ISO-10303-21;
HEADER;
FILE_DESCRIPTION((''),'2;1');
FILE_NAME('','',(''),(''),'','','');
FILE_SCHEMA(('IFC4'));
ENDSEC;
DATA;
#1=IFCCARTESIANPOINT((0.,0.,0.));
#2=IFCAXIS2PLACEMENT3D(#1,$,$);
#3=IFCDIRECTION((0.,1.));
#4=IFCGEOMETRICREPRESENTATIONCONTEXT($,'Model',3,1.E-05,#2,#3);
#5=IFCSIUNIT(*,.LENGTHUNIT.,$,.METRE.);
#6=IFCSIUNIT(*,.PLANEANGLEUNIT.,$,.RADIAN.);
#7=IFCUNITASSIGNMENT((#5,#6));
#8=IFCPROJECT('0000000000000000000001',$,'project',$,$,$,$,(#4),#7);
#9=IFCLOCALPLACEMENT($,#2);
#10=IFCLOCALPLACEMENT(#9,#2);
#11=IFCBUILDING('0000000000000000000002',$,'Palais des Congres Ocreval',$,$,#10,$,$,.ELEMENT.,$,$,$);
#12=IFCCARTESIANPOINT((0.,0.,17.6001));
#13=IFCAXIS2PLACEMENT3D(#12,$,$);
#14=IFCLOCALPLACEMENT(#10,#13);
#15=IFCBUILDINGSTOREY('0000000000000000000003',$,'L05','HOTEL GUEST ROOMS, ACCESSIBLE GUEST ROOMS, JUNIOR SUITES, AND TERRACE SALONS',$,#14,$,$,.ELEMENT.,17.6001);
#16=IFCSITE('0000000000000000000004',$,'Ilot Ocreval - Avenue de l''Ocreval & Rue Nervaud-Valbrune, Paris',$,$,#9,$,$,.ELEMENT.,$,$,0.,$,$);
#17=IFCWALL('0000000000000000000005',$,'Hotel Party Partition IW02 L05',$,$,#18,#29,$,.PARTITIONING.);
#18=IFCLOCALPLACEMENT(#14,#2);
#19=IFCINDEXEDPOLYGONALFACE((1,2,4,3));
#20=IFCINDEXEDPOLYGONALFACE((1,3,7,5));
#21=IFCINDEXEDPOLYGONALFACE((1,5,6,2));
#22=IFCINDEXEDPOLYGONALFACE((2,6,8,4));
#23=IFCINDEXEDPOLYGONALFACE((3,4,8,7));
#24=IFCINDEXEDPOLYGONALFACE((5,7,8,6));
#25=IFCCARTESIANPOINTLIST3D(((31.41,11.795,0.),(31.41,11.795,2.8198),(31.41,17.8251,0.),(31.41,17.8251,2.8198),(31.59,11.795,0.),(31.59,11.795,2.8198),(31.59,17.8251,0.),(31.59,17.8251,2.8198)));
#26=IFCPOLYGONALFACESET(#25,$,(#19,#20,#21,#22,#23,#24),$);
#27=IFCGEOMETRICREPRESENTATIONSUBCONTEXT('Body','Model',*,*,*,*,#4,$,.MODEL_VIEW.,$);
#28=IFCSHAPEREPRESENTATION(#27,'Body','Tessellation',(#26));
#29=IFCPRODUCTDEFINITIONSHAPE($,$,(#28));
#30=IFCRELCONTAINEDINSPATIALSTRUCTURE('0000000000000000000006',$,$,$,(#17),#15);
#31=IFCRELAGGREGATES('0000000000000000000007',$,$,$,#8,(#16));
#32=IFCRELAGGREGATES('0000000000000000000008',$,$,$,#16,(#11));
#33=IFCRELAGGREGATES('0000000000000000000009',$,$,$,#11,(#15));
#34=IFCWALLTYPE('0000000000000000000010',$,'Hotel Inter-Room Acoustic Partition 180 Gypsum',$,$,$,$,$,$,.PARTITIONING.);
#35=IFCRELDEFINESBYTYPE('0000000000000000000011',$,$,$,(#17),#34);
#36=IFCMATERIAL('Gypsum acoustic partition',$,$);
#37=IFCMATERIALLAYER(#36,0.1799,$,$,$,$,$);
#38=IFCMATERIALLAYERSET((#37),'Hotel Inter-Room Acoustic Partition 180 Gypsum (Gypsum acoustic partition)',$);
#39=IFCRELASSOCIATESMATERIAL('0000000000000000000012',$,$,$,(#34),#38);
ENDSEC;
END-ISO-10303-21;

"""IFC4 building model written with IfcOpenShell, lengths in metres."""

from ifc_helpers import new_model, si_unit, direction, frame, frame_2d, origin, place, context, subcontext, project, spatial, rectangle, extrude, material, layer, layer_set, type_object, element, save


model = new_model("IFC4")

# Units and contexts
model_context = context("Model", 3, precision=1e-05, world=origin(), true_north=direction((0.0, 1.0)))
body_context = subcontext(model_context, "Body", "Model", "MODEL_VIEW")
ifc_project = project(units=[si_unit("LENGTHUNIT", "METRE"), si_unit("PLANEANGLEUNIT", "RADIAN")], contexts=[model_context])

# Site, building, storey
site_placement = place(None, origin())
site = spatial("IfcSite", under=ifc_project, at=site_placement, Name="Ilot Ocreval - Avenue de l'Ocreval & Rue Nervaud-Valbrune, Paris", CompositionType="ELEMENT", RefElevation=0.0)
building_placement = place(site_placement, origin())
building = spatial("IfcBuilding", under=site, at=building_placement, Name="Palais des Congres Ocreval", CompositionType="ELEMENT")
storey_placement = place(building_placement, frame((0.0, 0.0, 17.6001)))
storey = spatial("IfcBuildingStorey", under=building, at=storey_placement, Name="L05", Description="HOTEL GUEST ROOMS, ACCESSIBLE GUEST ROOMS, JUNIOR SUITES, AND TERRACE SALONS", CompositionType="ELEMENT", Elevation=17.6001)

# Shared definitions
ifc_material_1 = material(Name="Gypsum acoustic partition")

# Wall
ifc_layer_1 = layer(ifc_material_1, 0.1799)
ifc_layer_set_1 = layer_set([ifc_layer_1], Name="Hotel Inter-Room Acoustic Partition 180 Gypsum (Gypsum acoustic partition)")
wall_type_1 = type_object("IfcWallType", Name="Hotel Inter-Room Acoustic Partition 180 Gypsum", PredefinedType="PARTITIONING", material=ifc_layer_set_1)
wall_1_placement = place(storey_placement, frame((31.5, 11.7949, 0.0), z_axis=(0.0, 0.0, 1.0), x_axis=(0.0, 1.0, 0.0)))
element("IfcWall", 1, at=wall_1_placement, inside=storey, type_object=wall_type_1, Name="Hotel Party Partition IW02 L05", PredefinedType="PARTITIONING", context=body_context, shape_type="SweptSolid", body=[
    extrude(rectangle(XDim=6.03, YDim=0.1799, at=frame_2d((3.0151, 0.0))), origin(), (0.0, 0.0, 1.0), 2.8198),
])

save(model, "model.ifc")
